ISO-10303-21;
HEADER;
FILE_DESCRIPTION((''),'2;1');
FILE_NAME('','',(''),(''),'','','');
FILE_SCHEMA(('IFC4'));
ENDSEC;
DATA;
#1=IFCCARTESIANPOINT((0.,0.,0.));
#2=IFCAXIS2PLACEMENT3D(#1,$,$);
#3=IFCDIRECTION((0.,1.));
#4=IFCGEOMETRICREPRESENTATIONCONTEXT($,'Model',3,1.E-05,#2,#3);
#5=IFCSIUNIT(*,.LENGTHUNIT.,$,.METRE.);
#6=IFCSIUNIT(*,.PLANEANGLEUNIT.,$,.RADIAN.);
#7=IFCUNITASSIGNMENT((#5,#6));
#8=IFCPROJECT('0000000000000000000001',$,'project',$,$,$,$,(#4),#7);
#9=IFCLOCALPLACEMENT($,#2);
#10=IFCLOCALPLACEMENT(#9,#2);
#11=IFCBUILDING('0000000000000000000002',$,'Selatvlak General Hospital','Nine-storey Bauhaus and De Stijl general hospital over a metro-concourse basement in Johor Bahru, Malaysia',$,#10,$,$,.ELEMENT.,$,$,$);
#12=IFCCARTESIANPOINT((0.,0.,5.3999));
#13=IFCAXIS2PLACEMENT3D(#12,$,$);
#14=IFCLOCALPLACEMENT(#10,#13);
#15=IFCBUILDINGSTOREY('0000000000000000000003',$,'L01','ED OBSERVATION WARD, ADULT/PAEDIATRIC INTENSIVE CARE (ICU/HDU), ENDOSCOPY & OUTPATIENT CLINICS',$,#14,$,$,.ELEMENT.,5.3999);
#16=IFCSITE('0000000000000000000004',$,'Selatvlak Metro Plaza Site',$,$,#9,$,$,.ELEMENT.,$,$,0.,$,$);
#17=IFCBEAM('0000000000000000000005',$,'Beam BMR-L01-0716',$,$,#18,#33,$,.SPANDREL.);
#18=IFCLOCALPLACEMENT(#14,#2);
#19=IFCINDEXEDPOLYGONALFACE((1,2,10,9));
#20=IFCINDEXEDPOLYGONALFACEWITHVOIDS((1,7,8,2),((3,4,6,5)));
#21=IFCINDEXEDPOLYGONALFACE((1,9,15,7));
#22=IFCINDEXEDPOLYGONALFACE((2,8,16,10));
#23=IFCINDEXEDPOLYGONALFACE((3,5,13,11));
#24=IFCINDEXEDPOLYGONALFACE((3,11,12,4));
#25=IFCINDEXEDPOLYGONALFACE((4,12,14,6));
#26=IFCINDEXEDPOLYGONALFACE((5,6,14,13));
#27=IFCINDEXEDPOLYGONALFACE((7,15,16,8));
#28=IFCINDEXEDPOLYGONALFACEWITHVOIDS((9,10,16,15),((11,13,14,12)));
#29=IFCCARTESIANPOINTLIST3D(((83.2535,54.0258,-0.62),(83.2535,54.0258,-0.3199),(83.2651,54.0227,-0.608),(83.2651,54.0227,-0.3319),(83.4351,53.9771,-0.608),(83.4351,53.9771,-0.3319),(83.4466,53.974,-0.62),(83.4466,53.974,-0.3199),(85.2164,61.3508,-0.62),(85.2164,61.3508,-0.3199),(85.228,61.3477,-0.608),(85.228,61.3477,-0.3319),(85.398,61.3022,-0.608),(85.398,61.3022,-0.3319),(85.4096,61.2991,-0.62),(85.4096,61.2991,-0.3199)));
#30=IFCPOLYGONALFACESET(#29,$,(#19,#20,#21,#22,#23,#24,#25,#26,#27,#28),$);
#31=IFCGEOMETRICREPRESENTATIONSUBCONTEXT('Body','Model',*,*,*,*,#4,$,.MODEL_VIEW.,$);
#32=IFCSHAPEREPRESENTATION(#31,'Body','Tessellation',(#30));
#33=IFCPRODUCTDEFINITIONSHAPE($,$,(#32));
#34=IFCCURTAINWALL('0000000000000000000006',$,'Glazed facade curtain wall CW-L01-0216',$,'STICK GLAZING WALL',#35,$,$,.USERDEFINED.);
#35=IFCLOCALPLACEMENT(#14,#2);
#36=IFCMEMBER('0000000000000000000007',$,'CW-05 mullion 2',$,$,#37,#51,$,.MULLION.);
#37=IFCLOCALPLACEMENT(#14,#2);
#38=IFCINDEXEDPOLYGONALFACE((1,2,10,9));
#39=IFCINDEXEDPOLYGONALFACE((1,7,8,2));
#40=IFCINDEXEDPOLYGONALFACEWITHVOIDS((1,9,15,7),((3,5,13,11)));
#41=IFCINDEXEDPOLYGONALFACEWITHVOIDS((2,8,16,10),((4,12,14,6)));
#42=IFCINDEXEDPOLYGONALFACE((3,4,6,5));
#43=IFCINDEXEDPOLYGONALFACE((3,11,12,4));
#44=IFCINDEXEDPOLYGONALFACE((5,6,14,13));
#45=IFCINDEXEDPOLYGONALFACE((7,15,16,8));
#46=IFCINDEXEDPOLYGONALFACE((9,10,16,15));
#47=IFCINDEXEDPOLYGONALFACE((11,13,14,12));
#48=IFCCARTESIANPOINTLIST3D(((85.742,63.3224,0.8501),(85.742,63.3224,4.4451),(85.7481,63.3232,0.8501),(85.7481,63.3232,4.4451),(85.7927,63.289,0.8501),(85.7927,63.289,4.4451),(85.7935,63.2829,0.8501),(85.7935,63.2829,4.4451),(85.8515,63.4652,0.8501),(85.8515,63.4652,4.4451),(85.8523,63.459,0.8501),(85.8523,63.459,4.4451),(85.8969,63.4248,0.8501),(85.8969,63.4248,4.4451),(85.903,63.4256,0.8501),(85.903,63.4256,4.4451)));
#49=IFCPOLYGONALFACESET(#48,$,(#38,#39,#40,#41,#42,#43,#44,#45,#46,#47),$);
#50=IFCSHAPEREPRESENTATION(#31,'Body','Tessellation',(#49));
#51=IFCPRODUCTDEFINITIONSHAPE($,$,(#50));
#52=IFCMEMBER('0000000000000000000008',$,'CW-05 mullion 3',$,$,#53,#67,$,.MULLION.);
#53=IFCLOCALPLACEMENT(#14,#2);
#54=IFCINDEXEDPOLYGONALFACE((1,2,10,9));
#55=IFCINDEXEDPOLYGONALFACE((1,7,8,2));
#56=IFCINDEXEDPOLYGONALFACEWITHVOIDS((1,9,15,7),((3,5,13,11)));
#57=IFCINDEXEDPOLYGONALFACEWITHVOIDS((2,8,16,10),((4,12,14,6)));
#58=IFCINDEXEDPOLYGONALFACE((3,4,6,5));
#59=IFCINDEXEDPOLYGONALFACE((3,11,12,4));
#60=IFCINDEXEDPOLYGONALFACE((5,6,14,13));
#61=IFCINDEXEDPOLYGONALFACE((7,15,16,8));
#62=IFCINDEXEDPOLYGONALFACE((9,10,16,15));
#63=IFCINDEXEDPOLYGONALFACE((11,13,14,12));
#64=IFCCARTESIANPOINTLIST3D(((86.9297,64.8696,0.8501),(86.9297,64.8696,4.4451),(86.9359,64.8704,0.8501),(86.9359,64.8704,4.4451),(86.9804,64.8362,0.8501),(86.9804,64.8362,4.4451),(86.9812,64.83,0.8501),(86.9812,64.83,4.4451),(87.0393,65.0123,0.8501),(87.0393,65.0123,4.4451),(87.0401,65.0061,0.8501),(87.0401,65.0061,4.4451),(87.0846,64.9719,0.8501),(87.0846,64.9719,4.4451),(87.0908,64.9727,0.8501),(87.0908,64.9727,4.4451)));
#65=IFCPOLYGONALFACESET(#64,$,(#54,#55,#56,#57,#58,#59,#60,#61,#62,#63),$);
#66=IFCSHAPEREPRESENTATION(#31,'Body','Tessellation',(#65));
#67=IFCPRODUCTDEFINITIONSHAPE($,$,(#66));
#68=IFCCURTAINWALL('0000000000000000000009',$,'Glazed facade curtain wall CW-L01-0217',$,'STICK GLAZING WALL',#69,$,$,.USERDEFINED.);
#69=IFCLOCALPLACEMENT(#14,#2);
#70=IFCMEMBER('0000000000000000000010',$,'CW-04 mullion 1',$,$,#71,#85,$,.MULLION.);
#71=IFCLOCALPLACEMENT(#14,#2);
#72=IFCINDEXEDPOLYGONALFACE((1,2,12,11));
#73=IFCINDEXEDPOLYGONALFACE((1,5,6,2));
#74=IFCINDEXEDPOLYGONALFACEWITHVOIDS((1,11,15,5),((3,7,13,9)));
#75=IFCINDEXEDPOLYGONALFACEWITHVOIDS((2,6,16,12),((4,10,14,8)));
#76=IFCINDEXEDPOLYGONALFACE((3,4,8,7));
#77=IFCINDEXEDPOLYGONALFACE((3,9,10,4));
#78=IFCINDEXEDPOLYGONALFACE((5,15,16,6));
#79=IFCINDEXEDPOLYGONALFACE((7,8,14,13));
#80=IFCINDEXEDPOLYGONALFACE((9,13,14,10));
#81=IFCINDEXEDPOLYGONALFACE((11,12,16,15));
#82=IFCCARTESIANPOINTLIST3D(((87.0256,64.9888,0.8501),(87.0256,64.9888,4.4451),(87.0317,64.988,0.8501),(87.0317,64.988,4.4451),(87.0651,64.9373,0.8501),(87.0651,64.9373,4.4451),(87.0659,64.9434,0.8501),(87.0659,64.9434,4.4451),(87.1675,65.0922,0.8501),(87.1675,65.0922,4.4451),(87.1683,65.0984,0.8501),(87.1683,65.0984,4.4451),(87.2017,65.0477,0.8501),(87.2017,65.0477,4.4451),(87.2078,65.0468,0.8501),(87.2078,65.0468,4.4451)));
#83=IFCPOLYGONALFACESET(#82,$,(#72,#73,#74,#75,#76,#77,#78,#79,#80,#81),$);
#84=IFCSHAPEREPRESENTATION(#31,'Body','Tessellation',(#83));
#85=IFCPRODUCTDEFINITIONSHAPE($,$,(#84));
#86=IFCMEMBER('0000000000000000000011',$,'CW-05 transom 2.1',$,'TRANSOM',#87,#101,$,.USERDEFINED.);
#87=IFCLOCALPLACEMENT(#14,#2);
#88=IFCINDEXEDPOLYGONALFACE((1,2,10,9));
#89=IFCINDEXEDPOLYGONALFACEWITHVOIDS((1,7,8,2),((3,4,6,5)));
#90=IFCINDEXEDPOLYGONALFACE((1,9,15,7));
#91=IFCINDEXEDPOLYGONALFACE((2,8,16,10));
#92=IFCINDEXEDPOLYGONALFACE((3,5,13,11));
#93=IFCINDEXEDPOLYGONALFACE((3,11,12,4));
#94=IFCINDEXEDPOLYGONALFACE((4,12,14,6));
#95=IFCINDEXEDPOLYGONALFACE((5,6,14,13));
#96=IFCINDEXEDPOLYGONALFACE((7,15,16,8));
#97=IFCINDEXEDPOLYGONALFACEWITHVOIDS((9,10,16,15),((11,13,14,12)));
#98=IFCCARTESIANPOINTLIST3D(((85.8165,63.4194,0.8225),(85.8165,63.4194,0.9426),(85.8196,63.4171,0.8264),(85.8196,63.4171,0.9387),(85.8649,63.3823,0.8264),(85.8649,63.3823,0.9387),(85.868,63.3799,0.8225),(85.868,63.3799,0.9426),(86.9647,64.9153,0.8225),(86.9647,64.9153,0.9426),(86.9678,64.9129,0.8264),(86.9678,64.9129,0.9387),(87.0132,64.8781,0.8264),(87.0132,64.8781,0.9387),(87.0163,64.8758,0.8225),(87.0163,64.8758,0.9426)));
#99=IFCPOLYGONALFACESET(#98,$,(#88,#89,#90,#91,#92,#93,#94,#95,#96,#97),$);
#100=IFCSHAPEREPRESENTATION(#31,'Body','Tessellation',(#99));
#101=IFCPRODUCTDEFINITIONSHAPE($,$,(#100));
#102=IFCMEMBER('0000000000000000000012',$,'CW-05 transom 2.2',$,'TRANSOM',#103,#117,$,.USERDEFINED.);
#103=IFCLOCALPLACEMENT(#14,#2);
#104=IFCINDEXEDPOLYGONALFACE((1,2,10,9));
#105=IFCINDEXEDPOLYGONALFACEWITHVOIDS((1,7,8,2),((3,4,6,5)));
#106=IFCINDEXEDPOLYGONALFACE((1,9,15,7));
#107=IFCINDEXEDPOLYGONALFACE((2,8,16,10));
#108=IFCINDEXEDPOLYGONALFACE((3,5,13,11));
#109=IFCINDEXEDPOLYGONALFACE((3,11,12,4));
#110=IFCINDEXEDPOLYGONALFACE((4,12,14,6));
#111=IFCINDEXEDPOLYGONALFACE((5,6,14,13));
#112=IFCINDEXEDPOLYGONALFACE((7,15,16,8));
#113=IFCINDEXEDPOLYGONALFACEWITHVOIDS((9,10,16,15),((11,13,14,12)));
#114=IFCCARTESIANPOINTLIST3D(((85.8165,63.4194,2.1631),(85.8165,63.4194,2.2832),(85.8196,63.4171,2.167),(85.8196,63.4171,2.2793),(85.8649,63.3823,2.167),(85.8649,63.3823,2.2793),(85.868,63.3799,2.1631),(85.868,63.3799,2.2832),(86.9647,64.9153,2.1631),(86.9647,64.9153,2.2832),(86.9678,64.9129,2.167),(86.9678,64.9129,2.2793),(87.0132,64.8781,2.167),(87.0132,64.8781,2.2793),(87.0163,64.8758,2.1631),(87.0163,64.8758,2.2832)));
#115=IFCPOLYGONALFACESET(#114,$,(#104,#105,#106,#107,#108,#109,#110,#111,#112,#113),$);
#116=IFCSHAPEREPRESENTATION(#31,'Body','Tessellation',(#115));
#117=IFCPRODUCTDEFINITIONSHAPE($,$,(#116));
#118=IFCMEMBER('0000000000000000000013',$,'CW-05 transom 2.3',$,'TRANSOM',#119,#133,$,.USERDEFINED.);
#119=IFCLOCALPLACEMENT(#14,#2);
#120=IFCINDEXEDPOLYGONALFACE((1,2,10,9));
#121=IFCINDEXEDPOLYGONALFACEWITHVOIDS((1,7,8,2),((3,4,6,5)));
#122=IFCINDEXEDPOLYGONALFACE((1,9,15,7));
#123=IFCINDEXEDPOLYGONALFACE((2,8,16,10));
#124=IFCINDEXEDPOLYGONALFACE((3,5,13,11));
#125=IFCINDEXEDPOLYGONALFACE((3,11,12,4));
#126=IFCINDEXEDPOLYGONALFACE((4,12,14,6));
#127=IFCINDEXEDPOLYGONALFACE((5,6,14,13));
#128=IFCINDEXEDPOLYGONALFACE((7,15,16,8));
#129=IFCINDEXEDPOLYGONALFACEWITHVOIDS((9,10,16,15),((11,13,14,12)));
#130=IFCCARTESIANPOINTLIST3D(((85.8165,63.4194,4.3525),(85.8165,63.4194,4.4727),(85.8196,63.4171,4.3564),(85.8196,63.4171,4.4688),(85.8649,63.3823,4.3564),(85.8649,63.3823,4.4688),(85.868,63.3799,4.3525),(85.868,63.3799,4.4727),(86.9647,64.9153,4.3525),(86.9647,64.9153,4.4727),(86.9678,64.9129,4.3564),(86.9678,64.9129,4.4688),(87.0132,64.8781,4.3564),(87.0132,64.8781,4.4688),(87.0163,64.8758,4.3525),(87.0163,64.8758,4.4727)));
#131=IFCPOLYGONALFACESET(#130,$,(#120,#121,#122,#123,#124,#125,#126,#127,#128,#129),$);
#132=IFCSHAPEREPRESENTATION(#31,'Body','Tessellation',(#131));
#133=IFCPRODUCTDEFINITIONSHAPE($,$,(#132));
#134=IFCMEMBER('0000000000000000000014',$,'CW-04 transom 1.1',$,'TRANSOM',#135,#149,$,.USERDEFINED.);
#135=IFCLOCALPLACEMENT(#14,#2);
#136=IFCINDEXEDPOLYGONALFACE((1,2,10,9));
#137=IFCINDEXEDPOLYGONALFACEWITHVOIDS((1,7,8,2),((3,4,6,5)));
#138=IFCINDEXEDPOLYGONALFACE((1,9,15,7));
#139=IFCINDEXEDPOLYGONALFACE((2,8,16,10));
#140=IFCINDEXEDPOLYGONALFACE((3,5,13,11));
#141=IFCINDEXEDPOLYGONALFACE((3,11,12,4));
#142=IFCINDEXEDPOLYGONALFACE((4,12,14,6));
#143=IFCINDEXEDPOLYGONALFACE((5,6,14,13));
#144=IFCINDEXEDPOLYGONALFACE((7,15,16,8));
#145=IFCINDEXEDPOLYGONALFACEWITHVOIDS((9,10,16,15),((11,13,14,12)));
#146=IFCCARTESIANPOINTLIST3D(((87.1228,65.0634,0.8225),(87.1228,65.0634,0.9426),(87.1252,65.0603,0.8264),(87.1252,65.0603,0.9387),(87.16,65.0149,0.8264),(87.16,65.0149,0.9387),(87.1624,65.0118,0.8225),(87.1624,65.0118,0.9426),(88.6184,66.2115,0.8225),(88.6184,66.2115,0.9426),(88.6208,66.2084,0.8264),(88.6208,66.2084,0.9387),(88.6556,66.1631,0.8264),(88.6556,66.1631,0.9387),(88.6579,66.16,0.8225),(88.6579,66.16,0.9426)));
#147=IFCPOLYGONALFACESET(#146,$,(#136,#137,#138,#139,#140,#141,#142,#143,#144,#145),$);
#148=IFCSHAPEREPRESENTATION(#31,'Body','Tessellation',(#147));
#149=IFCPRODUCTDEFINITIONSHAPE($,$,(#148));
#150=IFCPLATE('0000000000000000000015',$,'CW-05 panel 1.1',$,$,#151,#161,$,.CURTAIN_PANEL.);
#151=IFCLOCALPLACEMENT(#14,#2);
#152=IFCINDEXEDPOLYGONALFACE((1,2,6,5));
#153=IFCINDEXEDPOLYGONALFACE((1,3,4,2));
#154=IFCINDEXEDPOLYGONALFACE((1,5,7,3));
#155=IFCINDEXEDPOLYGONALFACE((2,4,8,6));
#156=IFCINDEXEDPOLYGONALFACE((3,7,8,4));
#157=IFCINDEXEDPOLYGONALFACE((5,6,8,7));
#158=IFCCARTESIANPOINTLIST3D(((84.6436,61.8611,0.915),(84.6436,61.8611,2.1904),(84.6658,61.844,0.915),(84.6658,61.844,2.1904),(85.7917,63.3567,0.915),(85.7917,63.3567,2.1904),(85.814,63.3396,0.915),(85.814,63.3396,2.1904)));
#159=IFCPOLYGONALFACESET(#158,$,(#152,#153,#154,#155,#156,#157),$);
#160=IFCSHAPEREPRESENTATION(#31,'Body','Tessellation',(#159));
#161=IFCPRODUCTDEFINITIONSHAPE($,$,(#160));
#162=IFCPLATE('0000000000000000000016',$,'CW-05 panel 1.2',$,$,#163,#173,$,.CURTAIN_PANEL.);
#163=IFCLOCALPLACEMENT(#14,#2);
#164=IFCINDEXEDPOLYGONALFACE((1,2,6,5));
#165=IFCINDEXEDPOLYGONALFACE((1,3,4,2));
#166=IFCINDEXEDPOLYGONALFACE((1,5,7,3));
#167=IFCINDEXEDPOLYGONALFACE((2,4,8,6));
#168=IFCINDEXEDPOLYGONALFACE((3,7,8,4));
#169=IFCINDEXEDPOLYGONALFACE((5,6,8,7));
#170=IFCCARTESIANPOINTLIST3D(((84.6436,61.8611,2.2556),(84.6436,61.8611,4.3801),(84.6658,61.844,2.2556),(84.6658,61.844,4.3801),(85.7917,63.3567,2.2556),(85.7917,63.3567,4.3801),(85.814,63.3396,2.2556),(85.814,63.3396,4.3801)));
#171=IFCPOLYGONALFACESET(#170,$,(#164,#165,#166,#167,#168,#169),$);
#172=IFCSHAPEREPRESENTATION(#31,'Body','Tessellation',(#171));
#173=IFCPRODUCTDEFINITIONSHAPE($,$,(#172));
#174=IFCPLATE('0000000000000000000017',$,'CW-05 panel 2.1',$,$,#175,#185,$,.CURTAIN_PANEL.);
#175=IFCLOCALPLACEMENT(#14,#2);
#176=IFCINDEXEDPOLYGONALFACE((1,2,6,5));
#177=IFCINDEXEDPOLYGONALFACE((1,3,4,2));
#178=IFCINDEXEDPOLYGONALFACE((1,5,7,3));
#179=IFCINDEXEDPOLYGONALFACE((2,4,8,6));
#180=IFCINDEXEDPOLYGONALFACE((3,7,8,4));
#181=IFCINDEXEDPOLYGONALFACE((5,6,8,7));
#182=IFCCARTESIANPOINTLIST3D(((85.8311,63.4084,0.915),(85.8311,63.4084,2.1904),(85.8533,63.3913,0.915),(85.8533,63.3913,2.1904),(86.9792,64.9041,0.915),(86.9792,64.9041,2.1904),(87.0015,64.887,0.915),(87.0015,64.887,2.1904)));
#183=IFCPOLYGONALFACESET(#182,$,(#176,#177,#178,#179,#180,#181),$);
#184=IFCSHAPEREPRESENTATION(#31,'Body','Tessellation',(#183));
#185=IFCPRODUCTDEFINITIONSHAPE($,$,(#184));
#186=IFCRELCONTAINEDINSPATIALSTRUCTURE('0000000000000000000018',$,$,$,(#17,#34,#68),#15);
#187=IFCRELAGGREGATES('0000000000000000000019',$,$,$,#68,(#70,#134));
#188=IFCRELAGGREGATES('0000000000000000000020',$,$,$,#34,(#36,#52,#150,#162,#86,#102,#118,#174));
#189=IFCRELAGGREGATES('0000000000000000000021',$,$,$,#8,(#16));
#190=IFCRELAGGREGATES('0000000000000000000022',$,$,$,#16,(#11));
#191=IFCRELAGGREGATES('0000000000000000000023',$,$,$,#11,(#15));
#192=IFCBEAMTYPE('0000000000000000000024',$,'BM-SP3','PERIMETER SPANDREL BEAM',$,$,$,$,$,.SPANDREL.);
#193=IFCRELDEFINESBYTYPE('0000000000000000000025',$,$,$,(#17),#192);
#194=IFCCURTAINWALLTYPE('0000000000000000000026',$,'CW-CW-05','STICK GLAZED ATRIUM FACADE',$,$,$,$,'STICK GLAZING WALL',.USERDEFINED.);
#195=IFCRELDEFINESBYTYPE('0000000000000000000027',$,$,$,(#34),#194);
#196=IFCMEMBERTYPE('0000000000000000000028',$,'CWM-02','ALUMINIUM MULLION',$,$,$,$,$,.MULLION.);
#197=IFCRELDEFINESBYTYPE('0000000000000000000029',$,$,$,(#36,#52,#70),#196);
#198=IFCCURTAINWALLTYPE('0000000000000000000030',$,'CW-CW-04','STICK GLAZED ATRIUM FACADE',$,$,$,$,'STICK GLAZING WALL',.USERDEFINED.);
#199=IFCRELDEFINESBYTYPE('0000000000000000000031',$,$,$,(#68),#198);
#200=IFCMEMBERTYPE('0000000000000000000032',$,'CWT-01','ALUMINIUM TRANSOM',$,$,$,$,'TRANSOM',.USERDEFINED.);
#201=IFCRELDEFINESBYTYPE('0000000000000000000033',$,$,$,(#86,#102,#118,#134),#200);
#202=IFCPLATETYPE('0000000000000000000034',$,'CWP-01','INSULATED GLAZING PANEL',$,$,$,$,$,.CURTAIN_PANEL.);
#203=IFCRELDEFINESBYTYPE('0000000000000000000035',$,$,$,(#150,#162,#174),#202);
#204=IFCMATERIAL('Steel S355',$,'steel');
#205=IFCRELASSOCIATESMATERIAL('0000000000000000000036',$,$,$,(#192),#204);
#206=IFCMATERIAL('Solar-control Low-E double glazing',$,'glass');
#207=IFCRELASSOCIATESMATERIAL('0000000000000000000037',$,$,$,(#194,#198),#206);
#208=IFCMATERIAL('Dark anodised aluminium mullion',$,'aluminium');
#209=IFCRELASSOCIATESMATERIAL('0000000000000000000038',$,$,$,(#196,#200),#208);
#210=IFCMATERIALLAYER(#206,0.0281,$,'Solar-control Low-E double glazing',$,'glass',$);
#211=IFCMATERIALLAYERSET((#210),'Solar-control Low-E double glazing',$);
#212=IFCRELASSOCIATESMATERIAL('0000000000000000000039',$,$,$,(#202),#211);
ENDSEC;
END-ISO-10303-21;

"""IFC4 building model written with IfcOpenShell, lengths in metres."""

from ifc_helpers import new_model, si_unit, direction, frame, origin, origin_2d, place, context, subcontext, project, spatial, rectangle, hollow_rectangle, extrude, material, layer, layer_set, material_profile, profile_set, type_object, element, aggregate, save


model = new_model("IFC4")

# Units and contexts
model_context = context("Model", 3, precision=1e-05, world=origin(), true_north=direction((0.0, 1.0)))
body_context = subcontext(model_context, "Body", "Model", "MODEL_VIEW")
ifc_project = project(units=[si_unit("LENGTHUNIT", "METRE"), si_unit("PLANEANGLEUNIT", "RADIAN")], contexts=[model_context])

# Site, building, storey
site_placement = place(None, origin())
site = spatial("IfcSite", under=ifc_project, at=site_placement, Name="Selatvlak Metro Plaza Site", CompositionType="ELEMENT", RefElevation=0.0)
building_placement = place(site_placement, origin())
building = spatial("IfcBuilding", under=site, at=building_placement, Name="Selatvlak General Hospital", Description="Nine-storey Bauhaus and De Stijl general hospital over a metro-concourse basement in Johor Bahru, Malaysia", CompositionType="ELEMENT")
storey_placement = place(building_placement, frame((0.0, 0.0, 5.3999)))
storey = spatial("IfcBuildingStorey", under=building, at=storey_placement, Name="L01", Description="ED OBSERVATION WARD, ADULT/PAEDIATRIC INTENSIVE CARE (ICU/HDU), ENDOSCOPY & OUTPATIENT CLINICS", CompositionType="ELEMENT", Elevation=5.3999)

# Beam
ifc_material_1 = material(Name="Steel S355", Category="steel")
ifc_material_profile_1 = material_profile(ifc_material_1, hollow_rectangle(XDim=0.2, YDim=0.3, WallThickness=0.012, at=origin_2d()), Name="RHS 300x200x12")
ifc_profile_set_1 = profile_set([ifc_material_profile_1], Name="Steel S355")
beam_type = type_object("IfcBeamType", Name="BM-SP3", Description="PERIMETER SPANDREL BEAM", PredefinedType="SPANDREL", material=ifc_profile_set_1)
beam_placement = place(storey_placement, frame((85.313, 61.325, -0.47), z_axis=(-0.258841, -0.96592, 0.0), x_axis=(0.96592, -0.258841, 0.0)))
element("IfcBeam", 1, at=beam_placement, inside=storey, type_object=beam_type, Name="Beam BMR-L01-0716", PredefinedType="SPANDREL", context=body_context, shape_type="SweptSolid", body=[
    extrude(hollow_rectangle(XDim=0.2, YDim=0.3, WallThickness=0.012, at=origin_2d()), origin(), (0.0, 0.0, 1.0), 7.5835),
])

# Curtain wall, members
ifc_material_2 = material(Name="Solar-control Low-E double glazing", Category="glass")
curtain_wall_type_1 = type_object("IfcCurtainWallType", Name="CW-CW-05", Description="STICK GLAZED ATRIUM FACADE", ElementType="STICK GLAZING WALL", PredefinedType="USERDEFINED", material=ifc_material_2)
curtain_wall_1_placement = place(storey_placement, origin())
curtain_wall_1 = element("IfcCurtainWall", 2, at=curtain_wall_1_placement, inside=storey, type_object=curtain_wall_type_1, Name="Glazed facade curtain wall CW-L01-0216", ObjectType="STICK GLAZING WALL", PredefinedType="USERDEFINED")
ifc_material_3 = material(Name="Dark anodised aluminium mullion", Category="aluminium")
ifc_material_profile_2 = material_profile(ifc_material_3, hollow_rectangle(XDim=0.0649, YDim=0.1799, WallThickness=0.0044, at=origin_2d()), Name="AL-MUL 65x180x4.5")
ifc_profile_set_2 = profile_set([ifc_material_profile_2], Name="Dark anodised aluminium mullion")
member_type_1 = type_object("IfcMemberType", Name="CWM-02", Description="ALUMINIUM MULLION", PredefinedType="MULLION", material=ifc_profile_set_2)
member_1_placement = place(storey_placement, frame((85.8225, 63.374, 0.8501), z_axis=(0.0, 0.0, 1.0), x_axis=(-0.793233, 0.608918, 0.0)))
member_1 = element("IfcMember", 3, at=member_1_placement, type_object=member_type_1, Name="CW-05 mullion 2", PredefinedType="MULLION", context=body_context, shape_type="SweptSolid", body=[
    extrude(hollow_rectangle(XDim=0.0649, YDim=0.1799, WallThickness=0.0044, at=origin_2d()), origin(), (0.0, 0.0, 1.0), 3.595),
])
member_2_placement = place(storey_placement, frame((87.0103, 64.9211, 0.8501), z_axis=(0.0, 0.0, 1.0), x_axis=(-0.793233, 0.608918, 0.0)))
member_2 = element("IfcMember", 4, at=member_2_placement, type_object=member_type_1, Name="CW-05 mullion 3", PredefinedType="MULLION", context=body_context, shape_type="SweptSolid", body=[
    extrude(hollow_rectangle(XDim=0.0649, YDim=0.1799, WallThickness=0.0044, at=origin_2d()), origin(), (0.0, 0.0, 1.0), 3.595),
])

# Curtain wall, member
curtain_wall_type_2 = type_object("IfcCurtainWallType", Name="CW-CW-04", Description="STICK GLAZED ATRIUM FACADE", ElementType="STICK GLAZING WALL", PredefinedType="USERDEFINED", material=ifc_material_2)
curtain_wall_2_placement = place(storey_placement, origin())
curtain_wall_2 = element("IfcCurtainWall", 5, at=curtain_wall_2_placement, inside=storey, type_object=curtain_wall_type_2, Name="Glazed facade curtain wall CW-L01-0217", ObjectType="STICK GLAZING WALL", PredefinedType="USERDEFINED")
member_3_placement = place(storey_placement, frame((87.1167, 65.0178, 0.8501), z_axis=(0.0, 0.0, 1.0), x_axis=(-0.608918, 0.793233, 0.0)))
member_3 = element("IfcMember", 6, at=member_3_placement, type_object=member_type_1, Name="CW-04 mullion 1", PredefinedType="MULLION", context=body_context, shape_type="SweptSolid", body=[
    extrude(hollow_rectangle(XDim=0.0649, YDim=0.1799, WallThickness=0.0044, at=origin_2d()), origin(), (0.0, 0.0, 1.0), 3.595),
])

# Members
ifc_material_profile_3 = material_profile(ifc_material_3, hollow_rectangle(XDim=0.0649, YDim=0.1201, WallThickness=0.0039, at=origin_2d()), Name="AL-TRN 65x120x4")
ifc_profile_set_3 = profile_set([ifc_material_profile_3], Name="Dark anodised aluminium mullion")
member_type_2 = type_object("IfcMemberType", Name="CWT-01", Description="ALUMINIUM TRANSOM", ElementType="TRANSOM", PredefinedType="USERDEFINED", material=ifc_profile_set_3)
member_4_placement = place(storey_placement, frame((85.8423, 63.3997, 0.8826), z_axis=(0.608891, 0.793254, 0.0), x_axis=(-0.793254, 0.608891, 0.0)))
member_4 = element("IfcMember", 7, at=member_4_placement, type_object=member_type_2, Name="CW-05 transom 2.1", ObjectType="TRANSOM", PredefinedType="USERDEFINED", context=body_context, shape_type="SweptSolid", body=[
    extrude(hollow_rectangle(XDim=0.0649, YDim=0.1201, WallThickness=0.0039, at=origin_2d()), origin(), (0.0, 0.0, 1.0), 1.8857),
])
member_5_placement = place(storey_placement, frame((85.8423, 63.3997, 2.2231), z_axis=(0.608891, 0.793254, 0.0), x_axis=(-0.793254, 0.608891, 0.0)))
member_5 = element("IfcMember", 8, at=member_5_placement, type_object=member_type_2, Name="CW-05 transom 2.2", ObjectType="TRANSOM", PredefinedType="USERDEFINED", context=body_context, shape_type="SweptSolid", body=[
    extrude(hollow_rectangle(XDim=0.0649, YDim=0.1201, WallThickness=0.0039, at=origin_2d()), origin(), (0.0, 0.0, 1.0), 1.8857),
])
member_6_placement = place(storey_placement, frame((85.8423, 63.3997, 4.4126), z_axis=(0.608891, 0.793254, 0.0), x_axis=(-0.793254, 0.608891, 0.0)))
member_6 = element("IfcMember", 9, at=member_6_placement, type_object=member_type_2, Name="CW-05 transom 2.3", ObjectType="TRANSOM", PredefinedType="USERDEFINED", context=body_context, shape_type="SweptSolid", body=[
    extrude(hollow_rectangle(XDim=0.0649, YDim=0.1201, WallThickness=0.0039, at=origin_2d()), origin(), (0.0, 0.0, 1.0), 1.8857),
])
member_7_placement = place(storey_placement, frame((87.1426, 65.0376, 0.8826), z_axis=(0.793206, 0.608953, 0.0), x_axis=(-0.608953, 0.793206, 0.0)))
member_7 = element("IfcMember", 10, at=member_7_placement, type_object=member_type_2, Name="CW-04 transom 1.1", ObjectType="TRANSOM", PredefinedType="USERDEFINED", context=body_context, shape_type="SweptSolid", body=[
    extrude(hollow_rectangle(XDim=0.0649, YDim=0.1201, WallThickness=0.0039, at=origin_2d()), origin(), (0.0, 0.0, 1.0), 1.8855),
])
aggregate(curtain_wall_2, [member_3, member_7])

# Plates
ifc_layer_1 = layer(ifc_material_2, 0.0281, Name="Solar-control Low-E double glazing", Category="glass")
ifc_layer_set_1 = layer_set([ifc_layer_1], Name="Solar-control Low-E double glazing")
plate_type = type_object("IfcPlateType", Name="CWP-01", Description="INSULATED GLAZING PANEL", PredefinedType="CURTAIN_PANEL", material=ifc_layer_set_1)
plate_1_placement = place(storey_placement, frame((85.2288, 62.6003, 0.915), z_axis=(0.0, 0.0, 1.0), x_axis=(0.608918, 0.793233, 0.0)))
plate_1 = element("IfcPlate", 11, at=plate_1_placement, type_object=plate_type, Name="CW-05 panel 1.1", PredefinedType="CURTAIN_PANEL", context=body_context, shape_type="SweptSolid", body=[
    extrude(rectangle(XDim=1.8855, YDim=0.0281, at=origin_2d()), origin(), (0.0, 0.0, 1.0), 1.2754),
])
plate_2_placement = place(storey_placement, frame((85.2288, 62.6003, 2.2556), z_axis=(0.0, 0.0, 1.0), x_axis=(0.608918, 0.793233, 0.0)))
plate_2 = element("IfcPlate", 12, at=plate_2_placement, type_object=plate_type, Name="CW-05 panel 1.2", PredefinedType="CURTAIN_PANEL", context=body_context, shape_type="SweptSolid", body=[
    extrude(rectangle(XDim=1.8855, YDim=0.0281, at=origin_2d()), origin(), (0.0, 0.0, 1.0), 2.1245),
])
plate_3_placement = place(storey_placement, frame((86.4163, 64.1477, 0.915), z_axis=(0.0, 0.0, 1.0), x_axis=(0.608918, 0.793233, 0.0)))
plate_3 = element("IfcPlate", 13, at=plate_3_placement, type_object=plate_type, Name="CW-05 panel 2.1", PredefinedType="CURTAIN_PANEL", context=body_context, shape_type="SweptSolid", body=[
    extrude(rectangle(XDim=1.8855, YDim=0.0281, at=origin_2d()), origin(), (0.0, 0.0, 1.0), 1.2754),
])
aggregate(curtain_wall_1, [member_1, member_2, plate_1, plate_2, member_4, member_5, member_6, plate_3])

save(model, "model.ifc")
